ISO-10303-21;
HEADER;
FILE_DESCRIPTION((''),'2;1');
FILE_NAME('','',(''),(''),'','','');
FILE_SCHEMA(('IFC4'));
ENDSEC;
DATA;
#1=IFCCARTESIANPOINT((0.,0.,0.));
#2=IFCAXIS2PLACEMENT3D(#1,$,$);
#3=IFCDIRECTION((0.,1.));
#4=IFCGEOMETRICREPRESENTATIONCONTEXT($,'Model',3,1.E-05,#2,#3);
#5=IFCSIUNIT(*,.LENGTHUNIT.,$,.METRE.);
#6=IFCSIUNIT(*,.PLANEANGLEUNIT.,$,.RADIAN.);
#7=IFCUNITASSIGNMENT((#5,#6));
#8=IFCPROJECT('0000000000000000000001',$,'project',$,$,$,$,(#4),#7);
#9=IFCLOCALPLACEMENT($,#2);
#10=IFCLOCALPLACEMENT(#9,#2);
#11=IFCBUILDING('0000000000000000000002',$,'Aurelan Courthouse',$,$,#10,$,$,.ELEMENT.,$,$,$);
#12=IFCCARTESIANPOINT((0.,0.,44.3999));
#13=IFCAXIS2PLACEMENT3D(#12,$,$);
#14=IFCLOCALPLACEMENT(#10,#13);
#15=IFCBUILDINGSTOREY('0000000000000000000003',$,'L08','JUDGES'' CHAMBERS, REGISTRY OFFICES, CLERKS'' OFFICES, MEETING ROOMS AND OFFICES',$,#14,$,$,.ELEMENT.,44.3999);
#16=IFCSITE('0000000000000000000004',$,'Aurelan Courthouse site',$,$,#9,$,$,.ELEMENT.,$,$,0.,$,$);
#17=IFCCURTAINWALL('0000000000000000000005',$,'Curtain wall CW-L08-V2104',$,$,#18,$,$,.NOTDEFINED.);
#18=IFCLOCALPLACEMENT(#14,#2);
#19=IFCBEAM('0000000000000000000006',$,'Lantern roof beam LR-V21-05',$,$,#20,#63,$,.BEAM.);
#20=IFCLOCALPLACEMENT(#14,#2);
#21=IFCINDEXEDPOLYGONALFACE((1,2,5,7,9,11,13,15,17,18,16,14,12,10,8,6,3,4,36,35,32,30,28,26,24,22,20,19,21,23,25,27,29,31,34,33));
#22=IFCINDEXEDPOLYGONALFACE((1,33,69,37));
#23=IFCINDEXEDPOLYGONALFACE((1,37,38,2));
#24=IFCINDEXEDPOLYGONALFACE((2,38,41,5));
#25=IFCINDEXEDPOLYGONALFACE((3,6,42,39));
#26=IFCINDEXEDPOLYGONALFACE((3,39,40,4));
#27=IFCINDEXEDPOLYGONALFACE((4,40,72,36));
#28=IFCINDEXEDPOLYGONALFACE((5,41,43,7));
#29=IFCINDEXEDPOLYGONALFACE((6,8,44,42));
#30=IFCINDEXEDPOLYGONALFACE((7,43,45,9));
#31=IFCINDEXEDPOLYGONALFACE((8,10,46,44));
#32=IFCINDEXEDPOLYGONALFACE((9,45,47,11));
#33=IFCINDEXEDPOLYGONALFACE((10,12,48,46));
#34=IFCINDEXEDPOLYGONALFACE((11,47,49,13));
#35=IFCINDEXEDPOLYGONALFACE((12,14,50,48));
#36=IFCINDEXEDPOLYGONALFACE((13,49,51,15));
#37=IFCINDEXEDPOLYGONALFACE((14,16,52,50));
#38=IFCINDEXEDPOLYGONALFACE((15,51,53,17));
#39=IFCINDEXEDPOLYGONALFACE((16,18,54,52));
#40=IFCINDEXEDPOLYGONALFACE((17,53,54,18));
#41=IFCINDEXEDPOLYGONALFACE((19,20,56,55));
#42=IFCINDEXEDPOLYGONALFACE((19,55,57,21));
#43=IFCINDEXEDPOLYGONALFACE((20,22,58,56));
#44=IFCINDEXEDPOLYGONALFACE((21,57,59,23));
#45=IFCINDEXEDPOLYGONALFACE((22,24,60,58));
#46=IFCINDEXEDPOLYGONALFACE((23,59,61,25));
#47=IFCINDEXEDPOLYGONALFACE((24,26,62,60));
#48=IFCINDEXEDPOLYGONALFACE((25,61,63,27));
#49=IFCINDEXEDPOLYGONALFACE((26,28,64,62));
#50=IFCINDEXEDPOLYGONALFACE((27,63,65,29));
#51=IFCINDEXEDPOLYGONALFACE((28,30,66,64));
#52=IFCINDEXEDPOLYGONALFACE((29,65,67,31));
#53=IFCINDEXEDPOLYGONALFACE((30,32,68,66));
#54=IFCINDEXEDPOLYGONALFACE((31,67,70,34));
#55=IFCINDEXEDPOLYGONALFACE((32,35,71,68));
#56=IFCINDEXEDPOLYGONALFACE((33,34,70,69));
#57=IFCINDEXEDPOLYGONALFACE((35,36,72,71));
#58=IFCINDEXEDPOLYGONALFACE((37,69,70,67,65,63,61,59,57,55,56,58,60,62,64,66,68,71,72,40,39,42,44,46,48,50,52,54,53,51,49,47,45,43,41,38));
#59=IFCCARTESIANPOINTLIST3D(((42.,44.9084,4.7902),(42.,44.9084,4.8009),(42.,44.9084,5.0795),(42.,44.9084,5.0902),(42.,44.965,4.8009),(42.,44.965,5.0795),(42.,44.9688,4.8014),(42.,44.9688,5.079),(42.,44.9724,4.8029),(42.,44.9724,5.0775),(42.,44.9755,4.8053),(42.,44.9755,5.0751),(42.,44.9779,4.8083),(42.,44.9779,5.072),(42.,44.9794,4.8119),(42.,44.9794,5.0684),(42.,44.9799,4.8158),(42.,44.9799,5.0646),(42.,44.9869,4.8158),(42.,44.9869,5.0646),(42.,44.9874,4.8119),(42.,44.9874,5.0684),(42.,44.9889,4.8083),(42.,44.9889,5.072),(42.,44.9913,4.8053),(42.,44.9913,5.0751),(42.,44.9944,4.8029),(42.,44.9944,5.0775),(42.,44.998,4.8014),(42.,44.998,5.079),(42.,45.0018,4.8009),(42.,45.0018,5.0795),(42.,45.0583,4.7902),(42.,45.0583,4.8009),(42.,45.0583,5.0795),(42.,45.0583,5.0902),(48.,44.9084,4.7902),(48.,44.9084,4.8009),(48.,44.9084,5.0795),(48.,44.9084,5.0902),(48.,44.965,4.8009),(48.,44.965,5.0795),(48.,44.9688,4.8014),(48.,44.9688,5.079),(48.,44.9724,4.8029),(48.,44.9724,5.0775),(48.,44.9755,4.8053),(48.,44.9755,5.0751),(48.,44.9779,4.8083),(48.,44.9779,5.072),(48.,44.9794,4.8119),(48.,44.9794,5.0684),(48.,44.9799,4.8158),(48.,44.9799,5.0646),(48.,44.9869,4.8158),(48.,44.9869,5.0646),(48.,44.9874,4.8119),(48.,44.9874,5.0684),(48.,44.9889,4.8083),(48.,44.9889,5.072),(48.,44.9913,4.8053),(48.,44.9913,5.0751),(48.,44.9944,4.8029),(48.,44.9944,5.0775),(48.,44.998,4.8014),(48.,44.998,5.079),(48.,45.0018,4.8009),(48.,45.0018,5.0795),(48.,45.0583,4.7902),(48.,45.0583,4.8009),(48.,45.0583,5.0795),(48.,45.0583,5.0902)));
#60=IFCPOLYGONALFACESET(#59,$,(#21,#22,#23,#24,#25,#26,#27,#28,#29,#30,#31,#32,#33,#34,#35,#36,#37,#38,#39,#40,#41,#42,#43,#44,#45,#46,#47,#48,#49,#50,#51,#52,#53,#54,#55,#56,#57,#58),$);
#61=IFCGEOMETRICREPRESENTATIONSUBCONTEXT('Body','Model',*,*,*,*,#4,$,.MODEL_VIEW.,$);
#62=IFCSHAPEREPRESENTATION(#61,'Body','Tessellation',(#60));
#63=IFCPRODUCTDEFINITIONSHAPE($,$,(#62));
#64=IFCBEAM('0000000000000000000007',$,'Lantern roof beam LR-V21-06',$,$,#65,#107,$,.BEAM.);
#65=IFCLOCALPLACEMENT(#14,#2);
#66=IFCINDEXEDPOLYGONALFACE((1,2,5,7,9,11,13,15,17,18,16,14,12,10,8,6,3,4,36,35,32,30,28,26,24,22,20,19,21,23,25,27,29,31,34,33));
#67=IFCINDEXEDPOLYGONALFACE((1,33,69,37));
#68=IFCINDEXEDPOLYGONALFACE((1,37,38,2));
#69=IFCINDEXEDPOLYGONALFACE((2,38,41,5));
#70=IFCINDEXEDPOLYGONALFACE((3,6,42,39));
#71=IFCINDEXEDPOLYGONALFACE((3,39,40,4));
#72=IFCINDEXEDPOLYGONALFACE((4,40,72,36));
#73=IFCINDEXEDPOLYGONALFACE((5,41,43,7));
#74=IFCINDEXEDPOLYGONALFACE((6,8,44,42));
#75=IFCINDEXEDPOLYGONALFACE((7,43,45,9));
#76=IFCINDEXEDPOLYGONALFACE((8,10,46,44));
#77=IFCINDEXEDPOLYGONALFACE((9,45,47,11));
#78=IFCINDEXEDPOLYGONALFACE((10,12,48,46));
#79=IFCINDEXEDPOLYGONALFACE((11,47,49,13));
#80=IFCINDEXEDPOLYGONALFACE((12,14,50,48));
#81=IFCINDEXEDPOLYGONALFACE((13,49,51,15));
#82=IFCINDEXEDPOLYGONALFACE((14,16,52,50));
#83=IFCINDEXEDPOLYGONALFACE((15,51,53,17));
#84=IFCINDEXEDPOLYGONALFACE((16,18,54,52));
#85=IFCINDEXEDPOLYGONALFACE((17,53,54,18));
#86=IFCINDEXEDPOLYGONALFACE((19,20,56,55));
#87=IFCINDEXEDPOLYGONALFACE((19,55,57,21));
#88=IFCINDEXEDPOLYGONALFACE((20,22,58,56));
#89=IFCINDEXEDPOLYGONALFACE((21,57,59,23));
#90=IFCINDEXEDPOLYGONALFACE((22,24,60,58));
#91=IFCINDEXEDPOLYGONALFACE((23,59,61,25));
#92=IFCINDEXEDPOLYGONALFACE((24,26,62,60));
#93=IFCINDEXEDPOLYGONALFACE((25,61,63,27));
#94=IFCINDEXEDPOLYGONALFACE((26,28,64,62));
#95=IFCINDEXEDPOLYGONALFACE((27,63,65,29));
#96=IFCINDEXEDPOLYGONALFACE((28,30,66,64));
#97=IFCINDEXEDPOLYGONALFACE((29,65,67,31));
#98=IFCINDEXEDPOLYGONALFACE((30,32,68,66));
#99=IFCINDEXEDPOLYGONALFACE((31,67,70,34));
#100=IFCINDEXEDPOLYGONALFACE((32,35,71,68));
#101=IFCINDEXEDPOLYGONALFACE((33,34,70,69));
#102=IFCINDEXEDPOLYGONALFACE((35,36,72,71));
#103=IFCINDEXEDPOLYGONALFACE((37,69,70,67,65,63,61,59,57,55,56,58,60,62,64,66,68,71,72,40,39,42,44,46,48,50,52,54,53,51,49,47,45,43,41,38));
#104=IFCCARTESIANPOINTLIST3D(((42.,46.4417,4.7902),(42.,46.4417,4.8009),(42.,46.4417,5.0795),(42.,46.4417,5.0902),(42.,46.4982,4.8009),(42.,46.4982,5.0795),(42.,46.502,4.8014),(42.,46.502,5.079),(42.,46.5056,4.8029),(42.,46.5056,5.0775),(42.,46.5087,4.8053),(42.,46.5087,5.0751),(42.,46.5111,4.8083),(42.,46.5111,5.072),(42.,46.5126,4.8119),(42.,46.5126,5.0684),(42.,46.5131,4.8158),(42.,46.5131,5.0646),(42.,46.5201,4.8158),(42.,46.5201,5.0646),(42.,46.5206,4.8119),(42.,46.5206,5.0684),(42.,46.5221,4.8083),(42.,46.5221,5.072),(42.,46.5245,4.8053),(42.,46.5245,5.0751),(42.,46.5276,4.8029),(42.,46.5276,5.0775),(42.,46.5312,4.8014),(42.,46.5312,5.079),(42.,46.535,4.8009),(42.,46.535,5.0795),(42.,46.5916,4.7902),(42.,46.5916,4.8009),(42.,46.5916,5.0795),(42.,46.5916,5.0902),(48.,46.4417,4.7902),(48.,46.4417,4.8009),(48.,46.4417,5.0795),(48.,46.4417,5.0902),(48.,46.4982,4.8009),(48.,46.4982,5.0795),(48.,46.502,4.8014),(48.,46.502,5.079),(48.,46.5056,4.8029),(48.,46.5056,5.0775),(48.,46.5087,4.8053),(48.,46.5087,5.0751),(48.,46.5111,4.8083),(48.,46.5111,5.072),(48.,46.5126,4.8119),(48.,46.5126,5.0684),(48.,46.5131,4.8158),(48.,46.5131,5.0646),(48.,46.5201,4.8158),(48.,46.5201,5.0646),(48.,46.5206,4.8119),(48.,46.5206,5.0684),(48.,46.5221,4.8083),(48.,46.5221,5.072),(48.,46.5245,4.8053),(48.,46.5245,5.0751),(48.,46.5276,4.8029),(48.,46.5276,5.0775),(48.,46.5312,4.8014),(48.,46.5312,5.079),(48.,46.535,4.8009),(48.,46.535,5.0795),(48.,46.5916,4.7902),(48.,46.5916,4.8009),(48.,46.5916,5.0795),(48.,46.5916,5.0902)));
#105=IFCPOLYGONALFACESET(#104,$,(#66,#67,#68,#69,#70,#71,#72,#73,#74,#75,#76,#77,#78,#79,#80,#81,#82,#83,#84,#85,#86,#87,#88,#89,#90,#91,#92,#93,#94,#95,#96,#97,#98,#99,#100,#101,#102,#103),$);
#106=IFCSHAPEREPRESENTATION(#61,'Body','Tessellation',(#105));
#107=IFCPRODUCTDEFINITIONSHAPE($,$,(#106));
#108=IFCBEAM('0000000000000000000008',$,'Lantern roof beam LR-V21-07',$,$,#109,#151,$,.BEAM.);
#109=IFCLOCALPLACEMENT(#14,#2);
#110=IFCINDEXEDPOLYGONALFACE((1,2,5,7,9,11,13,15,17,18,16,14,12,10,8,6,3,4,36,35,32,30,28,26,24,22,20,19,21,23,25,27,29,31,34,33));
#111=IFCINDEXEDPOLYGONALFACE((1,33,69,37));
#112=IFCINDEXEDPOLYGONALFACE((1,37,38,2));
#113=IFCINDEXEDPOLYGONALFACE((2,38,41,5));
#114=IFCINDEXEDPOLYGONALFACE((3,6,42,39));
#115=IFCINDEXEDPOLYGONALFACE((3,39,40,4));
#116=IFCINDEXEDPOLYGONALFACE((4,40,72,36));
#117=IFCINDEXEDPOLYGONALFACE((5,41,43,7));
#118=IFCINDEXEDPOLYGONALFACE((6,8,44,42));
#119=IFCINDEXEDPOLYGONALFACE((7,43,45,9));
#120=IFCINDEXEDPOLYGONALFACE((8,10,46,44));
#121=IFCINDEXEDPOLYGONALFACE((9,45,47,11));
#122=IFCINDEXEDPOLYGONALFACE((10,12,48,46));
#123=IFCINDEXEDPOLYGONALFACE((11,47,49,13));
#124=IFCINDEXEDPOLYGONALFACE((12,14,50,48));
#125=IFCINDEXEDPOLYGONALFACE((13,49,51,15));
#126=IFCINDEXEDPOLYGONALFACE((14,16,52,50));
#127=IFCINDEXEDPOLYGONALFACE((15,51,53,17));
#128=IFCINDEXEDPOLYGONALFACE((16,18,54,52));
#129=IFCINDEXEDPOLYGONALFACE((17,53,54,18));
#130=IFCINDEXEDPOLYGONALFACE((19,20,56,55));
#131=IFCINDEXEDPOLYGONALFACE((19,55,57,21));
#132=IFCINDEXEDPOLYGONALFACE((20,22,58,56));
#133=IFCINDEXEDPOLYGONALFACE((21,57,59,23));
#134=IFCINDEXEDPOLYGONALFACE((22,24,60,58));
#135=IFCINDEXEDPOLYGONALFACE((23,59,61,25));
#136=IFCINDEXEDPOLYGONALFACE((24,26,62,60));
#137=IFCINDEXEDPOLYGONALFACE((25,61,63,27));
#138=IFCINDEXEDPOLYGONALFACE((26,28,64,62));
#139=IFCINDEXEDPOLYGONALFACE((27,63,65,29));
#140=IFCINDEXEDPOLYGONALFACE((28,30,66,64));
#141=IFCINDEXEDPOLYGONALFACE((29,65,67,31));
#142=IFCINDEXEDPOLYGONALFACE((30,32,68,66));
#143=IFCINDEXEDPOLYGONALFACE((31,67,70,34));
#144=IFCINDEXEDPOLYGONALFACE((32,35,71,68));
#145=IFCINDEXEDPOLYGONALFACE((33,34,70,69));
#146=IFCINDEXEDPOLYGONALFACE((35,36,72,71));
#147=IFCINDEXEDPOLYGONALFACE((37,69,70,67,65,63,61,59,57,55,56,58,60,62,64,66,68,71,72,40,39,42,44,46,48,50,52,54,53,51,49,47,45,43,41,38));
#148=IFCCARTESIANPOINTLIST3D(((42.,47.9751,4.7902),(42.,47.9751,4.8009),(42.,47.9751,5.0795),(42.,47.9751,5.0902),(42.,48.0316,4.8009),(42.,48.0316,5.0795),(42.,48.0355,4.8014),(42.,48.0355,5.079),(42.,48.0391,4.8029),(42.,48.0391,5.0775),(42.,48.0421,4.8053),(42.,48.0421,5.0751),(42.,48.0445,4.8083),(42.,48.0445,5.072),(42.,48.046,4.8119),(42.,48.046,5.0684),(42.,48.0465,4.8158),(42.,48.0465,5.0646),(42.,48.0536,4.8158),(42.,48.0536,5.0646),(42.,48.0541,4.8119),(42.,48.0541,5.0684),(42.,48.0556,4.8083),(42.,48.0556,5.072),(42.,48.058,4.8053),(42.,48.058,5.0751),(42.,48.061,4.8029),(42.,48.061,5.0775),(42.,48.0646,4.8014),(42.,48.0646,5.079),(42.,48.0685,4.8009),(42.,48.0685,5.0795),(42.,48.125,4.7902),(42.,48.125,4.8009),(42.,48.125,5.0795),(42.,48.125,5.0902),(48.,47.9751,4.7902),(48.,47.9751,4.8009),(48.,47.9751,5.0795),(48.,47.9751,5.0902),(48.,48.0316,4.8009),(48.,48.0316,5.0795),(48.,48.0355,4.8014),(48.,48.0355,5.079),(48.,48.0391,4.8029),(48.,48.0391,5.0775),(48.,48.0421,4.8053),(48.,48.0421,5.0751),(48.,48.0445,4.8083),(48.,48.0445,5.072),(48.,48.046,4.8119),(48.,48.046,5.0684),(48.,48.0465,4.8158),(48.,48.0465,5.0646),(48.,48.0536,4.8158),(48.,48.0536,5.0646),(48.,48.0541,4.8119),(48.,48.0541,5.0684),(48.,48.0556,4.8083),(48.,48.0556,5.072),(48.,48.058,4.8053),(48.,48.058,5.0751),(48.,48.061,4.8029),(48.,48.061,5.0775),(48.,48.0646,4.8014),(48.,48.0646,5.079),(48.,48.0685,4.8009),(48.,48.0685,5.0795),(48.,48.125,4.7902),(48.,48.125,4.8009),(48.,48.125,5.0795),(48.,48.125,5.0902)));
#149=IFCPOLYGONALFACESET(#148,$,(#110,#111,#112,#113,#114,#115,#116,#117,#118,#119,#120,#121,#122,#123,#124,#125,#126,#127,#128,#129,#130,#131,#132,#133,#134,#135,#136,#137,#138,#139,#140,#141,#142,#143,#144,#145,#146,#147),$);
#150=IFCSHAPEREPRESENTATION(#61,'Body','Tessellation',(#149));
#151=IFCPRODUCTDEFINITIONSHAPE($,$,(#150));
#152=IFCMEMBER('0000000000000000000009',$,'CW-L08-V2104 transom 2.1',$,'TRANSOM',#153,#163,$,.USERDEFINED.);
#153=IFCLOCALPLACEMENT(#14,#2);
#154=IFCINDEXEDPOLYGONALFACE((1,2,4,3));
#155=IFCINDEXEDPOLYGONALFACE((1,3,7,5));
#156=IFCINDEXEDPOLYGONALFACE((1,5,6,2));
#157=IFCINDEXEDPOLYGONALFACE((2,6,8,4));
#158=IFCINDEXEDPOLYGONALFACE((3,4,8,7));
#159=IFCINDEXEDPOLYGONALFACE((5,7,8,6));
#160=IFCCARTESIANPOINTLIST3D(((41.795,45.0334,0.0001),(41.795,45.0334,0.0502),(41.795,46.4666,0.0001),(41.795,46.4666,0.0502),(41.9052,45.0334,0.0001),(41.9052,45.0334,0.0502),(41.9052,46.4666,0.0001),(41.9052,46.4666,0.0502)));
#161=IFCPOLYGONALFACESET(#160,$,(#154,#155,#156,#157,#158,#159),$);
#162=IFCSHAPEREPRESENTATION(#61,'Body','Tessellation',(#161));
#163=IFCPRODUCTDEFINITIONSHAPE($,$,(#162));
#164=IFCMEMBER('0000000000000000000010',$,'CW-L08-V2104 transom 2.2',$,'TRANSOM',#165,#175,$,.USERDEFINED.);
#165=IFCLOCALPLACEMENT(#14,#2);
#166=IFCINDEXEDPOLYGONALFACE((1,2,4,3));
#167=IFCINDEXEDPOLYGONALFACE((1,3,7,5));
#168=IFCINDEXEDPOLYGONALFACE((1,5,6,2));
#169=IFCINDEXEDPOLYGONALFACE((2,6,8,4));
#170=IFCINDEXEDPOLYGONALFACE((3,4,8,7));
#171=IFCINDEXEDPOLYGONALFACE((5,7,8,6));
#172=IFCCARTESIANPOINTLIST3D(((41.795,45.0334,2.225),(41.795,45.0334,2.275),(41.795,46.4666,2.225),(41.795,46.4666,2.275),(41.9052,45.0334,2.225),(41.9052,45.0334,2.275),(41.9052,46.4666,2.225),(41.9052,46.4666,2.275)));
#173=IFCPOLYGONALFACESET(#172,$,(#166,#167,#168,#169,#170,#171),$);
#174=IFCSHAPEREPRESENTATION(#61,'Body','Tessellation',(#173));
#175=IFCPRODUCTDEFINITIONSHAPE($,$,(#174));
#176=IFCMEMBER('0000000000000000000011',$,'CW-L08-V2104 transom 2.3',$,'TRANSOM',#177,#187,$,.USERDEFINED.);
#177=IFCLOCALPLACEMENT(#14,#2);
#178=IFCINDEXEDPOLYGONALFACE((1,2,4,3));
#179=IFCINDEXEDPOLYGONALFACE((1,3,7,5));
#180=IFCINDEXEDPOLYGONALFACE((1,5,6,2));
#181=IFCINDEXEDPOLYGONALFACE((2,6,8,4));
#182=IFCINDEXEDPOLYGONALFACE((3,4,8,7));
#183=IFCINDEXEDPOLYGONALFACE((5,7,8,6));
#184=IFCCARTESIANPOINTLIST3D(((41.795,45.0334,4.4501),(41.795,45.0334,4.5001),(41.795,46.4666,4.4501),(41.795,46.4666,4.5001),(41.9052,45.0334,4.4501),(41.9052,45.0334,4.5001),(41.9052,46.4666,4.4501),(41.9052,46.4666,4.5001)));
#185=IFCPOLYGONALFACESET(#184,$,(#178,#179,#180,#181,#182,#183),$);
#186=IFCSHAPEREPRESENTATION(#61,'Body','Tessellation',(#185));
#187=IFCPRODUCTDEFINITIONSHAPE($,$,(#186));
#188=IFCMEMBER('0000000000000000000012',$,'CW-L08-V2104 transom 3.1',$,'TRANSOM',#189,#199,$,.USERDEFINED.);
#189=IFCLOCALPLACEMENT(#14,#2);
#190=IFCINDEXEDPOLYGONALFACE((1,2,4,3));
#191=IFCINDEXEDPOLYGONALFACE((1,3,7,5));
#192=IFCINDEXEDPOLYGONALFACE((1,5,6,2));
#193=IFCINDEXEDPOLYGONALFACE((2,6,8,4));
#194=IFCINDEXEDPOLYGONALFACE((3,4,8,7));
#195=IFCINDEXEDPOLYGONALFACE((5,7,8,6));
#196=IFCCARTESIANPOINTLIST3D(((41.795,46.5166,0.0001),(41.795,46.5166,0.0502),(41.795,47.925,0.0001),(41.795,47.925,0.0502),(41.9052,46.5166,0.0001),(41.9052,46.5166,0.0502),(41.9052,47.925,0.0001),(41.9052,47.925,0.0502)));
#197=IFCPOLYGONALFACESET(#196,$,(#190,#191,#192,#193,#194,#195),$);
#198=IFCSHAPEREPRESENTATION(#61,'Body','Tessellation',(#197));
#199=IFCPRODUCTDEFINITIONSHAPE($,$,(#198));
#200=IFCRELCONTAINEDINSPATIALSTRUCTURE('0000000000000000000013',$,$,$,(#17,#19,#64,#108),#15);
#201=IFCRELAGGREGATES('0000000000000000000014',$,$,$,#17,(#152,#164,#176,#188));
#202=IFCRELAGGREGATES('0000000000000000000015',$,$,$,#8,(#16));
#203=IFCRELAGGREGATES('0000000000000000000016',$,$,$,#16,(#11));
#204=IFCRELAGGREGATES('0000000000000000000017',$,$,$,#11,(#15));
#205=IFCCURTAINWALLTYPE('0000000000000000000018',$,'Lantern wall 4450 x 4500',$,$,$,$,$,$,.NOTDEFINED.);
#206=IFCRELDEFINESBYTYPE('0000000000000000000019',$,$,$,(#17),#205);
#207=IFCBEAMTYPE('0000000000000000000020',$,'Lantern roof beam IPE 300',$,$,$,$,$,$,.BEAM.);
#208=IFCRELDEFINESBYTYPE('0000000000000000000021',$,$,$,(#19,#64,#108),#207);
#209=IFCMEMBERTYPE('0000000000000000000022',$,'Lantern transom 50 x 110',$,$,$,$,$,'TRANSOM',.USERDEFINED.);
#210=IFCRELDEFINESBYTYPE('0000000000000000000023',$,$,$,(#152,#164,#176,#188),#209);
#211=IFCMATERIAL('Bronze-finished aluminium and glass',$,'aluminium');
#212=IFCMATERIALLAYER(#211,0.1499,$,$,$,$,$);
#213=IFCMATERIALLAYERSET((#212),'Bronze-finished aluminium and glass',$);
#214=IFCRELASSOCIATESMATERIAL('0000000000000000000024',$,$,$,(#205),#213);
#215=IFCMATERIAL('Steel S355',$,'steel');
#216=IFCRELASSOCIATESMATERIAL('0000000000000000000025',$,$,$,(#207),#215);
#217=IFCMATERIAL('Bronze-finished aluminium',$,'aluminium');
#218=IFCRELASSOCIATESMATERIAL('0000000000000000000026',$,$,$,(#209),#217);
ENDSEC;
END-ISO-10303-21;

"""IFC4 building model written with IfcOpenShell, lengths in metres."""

from ifc_helpers import new_model, si_unit, direction, frame, origin, origin_2d, place, context, subcontext, project, spatial, rectangle, i_section, extrude, material, layer, layer_set, material_profile, profile_set, type_object, element, aggregate, save


model = new_model("IFC4")

# Units and contexts
model_context = context("Model", 3, precision=1e-05, world=origin(), true_north=direction((0.0, 1.0)))
body_context = subcontext(model_context, "Body", "Model", "MODEL_VIEW")
ifc_project = project(units=[si_unit("LENGTHUNIT", "METRE"), si_unit("PLANEANGLEUNIT", "RADIAN")], contexts=[model_context])

# Site, building, storey
site_placement = place(None, origin())
site = spatial("IfcSite", under=ifc_project, at=site_placement, Name="Aurelan Courthouse site", CompositionType="ELEMENT", RefElevation=0.0)
building_placement = place(site_placement, origin())
building = spatial("IfcBuilding", under=site, at=building_placement, Name="Aurelan Courthouse", CompositionType="ELEMENT")
storey_placement = place(building_placement, frame((0.0, 0.0, 44.3999)))
storey = spatial("IfcBuildingStorey", under=building, at=storey_placement, Name="L08", Description="JUDGES' CHAMBERS, REGISTRY OFFICES, CLERKS' OFFICES, MEETING ROOMS AND OFFICES", CompositionType="ELEMENT", Elevation=44.3999)

# Shared definitions
ifc_material_1 = material(Name="Steel S355", Category="steel")

# Curtain wall
ifc_material_2 = material(Name="Bronze-finished aluminium and glass", Category="aluminium")
ifc_layer_1 = layer(ifc_material_2, 0.1499)
ifc_layer_set_1 = layer_set([ifc_layer_1], Name="Bronze-finished aluminium and glass")
curtain_wall_type = type_object("IfcCurtainWallType", Name="Lantern wall 4450 x 4500", PredefinedType="NOTDEFINED", material=ifc_layer_set_1)
curtain_wall_1_placement = place(storey_placement, origin())
curtain_wall_1 = element("IfcCurtainWall", 1, at=curtain_wall_1_placement, inside=storey, type_object=curtain_wall_type, Name="Curtain wall CW-L08-V2104", PredefinedType="NOTDEFINED")
ifc_material_3 = material(Name="Bronze-finished aluminium", Category="aluminium")

# Beams
ifc_material_profile_1 = material_profile(ifc_material_1, i_section(OverallWidth=0.1499, OverallDepth=0.3, WebThickness=0.0071, FlangeThickness=0.0107, FilletRadius=0.0149, at=origin_2d()), Name="IPE 300")
ifc_profile_set_1 = profile_set([ifc_material_profile_1], Name="Steel S355")
beam_type = type_object("IfcBeamType", Name="Lantern roof beam IPE 300", PredefinedType="BEAM", material=ifc_profile_set_1)
for number, where, z_axis, x_axis, name in (
    (2, (42.0, 44.9834, 4.9402), (1.0, 0.0, 0.0), (0.0, 1.0, 0.0), "Lantern roof beam LR-V21-05"),
    (3, (42.0, 46.5166, 4.9402), (1.0, 0.0, 0.0), (0.0, 1.0, 0.0), "Lantern roof beam LR-V21-06"),
    (4, (42.0, 48.05, 4.9402), (1.0, 0.0, 0.0), (0.0, 1.0, 0.0), "Lantern roof beam LR-V21-07"),
):
    element("IfcBeam", number, at=place(storey_placement, frame(where, z_axis=z_axis, x_axis=x_axis)), inside=storey, type_object=beam_type, Name=name, PredefinedType="BEAM", context=body_context, shape_type="SweptSolid", body=[
        extrude(i_section(OverallWidth=0.1499, OverallDepth=0.3, WebThickness=0.0071, FlangeThickness=0.0107, FilletRadius=0.0149, at=origin_2d()), origin(), (0.0, 0.0, 1.0), 6.0),
    ])

# Members
ifc_material_profile_2 = material_profile(ifc_material_3, rectangle(XDim=0.1101, YDim=0.05, at=origin_2d()), Name="Lantern transom 50 x 110")
ifc_profile_set_2 = profile_set([ifc_material_profile_2], Name="Bronze-finished aluminium")
member_type_1 = type_object("IfcMemberType", Name="Lantern transom 50 x 110", ElementType="TRANSOM", PredefinedType="USERDEFINED", material=ifc_profile_set_2)
member_1_placement = place(storey_placement, frame((41.8501, 45.0334, 0.0251), z_axis=(0.0, 1.0, 0.0), x_axis=(-1.0, 0.0, 0.0)))
member_1 = element("IfcMember", 5, at=member_1_placement, type_object=member_type_1, Name="CW-L08-V2104 transom 2.1", ObjectType="TRANSOM", PredefinedType="USERDEFINED", context=body_context, shape_type="SweptSolid", body=[
    extrude(rectangle(XDim=0.1101, YDim=0.05, at=origin_2d()), origin(), (0.0, 0.0, 1.0), 1.4331),
])
member_2_placement = place(storey_placement, frame((41.8501, 45.0334, 2.25), z_axis=(0.0, 1.0, 0.0), x_axis=(-1.0, 0.0, 0.0)))
member_2 = element("IfcMember", 6, at=member_2_placement, type_object=member_type_1, Name="CW-L08-V2104 transom 2.2", ObjectType="TRANSOM", PredefinedType="USERDEFINED", context=body_context, shape_type="SweptSolid", body=[
    extrude(rectangle(XDim=0.1101, YDim=0.05, at=origin_2d()), origin(), (0.0, 0.0, 1.0), 1.4331),
])
member_3_placement = place(storey_placement, frame((41.8501, 45.0334, 4.4751), z_axis=(0.0, 1.0, 0.0), x_axis=(-1.0, 0.0, 0.0)))
member_3 = element("IfcMember", 7, at=member_3_placement, type_object=member_type_1, Name="CW-L08-V2104 transom 2.3", ObjectType="TRANSOM", PredefinedType="USERDEFINED", context=body_context, shape_type="SweptSolid", body=[
    extrude(rectangle(XDim=0.1101, YDim=0.05, at=origin_2d()), origin(), (0.0, 0.0, 1.0), 1.4331),
])
member_4_placement = place(storey_placement, frame((41.8501, 46.5166, 0.0251), z_axis=(0.0, 1.0, 0.0), x_axis=(-1.0, 0.0, 0.0)))
member_4 = element("IfcMember", 8, at=member_4_placement, type_object=member_type_1, Name="CW-L08-V2104 transom 3.1", ObjectType="TRANSOM", PredefinedType="USERDEFINED", context=body_context, shape_type="SweptSolid", body=[
    extrude(rectangle(XDim=0.1101, YDim=0.05, at=origin_2d()), origin(), (0.0, 0.0, 1.0), 1.4084),
])

aggregate(curtain_wall_1, [member_1, member_2, member_3, member_4])

save(model, "model.ifc")
